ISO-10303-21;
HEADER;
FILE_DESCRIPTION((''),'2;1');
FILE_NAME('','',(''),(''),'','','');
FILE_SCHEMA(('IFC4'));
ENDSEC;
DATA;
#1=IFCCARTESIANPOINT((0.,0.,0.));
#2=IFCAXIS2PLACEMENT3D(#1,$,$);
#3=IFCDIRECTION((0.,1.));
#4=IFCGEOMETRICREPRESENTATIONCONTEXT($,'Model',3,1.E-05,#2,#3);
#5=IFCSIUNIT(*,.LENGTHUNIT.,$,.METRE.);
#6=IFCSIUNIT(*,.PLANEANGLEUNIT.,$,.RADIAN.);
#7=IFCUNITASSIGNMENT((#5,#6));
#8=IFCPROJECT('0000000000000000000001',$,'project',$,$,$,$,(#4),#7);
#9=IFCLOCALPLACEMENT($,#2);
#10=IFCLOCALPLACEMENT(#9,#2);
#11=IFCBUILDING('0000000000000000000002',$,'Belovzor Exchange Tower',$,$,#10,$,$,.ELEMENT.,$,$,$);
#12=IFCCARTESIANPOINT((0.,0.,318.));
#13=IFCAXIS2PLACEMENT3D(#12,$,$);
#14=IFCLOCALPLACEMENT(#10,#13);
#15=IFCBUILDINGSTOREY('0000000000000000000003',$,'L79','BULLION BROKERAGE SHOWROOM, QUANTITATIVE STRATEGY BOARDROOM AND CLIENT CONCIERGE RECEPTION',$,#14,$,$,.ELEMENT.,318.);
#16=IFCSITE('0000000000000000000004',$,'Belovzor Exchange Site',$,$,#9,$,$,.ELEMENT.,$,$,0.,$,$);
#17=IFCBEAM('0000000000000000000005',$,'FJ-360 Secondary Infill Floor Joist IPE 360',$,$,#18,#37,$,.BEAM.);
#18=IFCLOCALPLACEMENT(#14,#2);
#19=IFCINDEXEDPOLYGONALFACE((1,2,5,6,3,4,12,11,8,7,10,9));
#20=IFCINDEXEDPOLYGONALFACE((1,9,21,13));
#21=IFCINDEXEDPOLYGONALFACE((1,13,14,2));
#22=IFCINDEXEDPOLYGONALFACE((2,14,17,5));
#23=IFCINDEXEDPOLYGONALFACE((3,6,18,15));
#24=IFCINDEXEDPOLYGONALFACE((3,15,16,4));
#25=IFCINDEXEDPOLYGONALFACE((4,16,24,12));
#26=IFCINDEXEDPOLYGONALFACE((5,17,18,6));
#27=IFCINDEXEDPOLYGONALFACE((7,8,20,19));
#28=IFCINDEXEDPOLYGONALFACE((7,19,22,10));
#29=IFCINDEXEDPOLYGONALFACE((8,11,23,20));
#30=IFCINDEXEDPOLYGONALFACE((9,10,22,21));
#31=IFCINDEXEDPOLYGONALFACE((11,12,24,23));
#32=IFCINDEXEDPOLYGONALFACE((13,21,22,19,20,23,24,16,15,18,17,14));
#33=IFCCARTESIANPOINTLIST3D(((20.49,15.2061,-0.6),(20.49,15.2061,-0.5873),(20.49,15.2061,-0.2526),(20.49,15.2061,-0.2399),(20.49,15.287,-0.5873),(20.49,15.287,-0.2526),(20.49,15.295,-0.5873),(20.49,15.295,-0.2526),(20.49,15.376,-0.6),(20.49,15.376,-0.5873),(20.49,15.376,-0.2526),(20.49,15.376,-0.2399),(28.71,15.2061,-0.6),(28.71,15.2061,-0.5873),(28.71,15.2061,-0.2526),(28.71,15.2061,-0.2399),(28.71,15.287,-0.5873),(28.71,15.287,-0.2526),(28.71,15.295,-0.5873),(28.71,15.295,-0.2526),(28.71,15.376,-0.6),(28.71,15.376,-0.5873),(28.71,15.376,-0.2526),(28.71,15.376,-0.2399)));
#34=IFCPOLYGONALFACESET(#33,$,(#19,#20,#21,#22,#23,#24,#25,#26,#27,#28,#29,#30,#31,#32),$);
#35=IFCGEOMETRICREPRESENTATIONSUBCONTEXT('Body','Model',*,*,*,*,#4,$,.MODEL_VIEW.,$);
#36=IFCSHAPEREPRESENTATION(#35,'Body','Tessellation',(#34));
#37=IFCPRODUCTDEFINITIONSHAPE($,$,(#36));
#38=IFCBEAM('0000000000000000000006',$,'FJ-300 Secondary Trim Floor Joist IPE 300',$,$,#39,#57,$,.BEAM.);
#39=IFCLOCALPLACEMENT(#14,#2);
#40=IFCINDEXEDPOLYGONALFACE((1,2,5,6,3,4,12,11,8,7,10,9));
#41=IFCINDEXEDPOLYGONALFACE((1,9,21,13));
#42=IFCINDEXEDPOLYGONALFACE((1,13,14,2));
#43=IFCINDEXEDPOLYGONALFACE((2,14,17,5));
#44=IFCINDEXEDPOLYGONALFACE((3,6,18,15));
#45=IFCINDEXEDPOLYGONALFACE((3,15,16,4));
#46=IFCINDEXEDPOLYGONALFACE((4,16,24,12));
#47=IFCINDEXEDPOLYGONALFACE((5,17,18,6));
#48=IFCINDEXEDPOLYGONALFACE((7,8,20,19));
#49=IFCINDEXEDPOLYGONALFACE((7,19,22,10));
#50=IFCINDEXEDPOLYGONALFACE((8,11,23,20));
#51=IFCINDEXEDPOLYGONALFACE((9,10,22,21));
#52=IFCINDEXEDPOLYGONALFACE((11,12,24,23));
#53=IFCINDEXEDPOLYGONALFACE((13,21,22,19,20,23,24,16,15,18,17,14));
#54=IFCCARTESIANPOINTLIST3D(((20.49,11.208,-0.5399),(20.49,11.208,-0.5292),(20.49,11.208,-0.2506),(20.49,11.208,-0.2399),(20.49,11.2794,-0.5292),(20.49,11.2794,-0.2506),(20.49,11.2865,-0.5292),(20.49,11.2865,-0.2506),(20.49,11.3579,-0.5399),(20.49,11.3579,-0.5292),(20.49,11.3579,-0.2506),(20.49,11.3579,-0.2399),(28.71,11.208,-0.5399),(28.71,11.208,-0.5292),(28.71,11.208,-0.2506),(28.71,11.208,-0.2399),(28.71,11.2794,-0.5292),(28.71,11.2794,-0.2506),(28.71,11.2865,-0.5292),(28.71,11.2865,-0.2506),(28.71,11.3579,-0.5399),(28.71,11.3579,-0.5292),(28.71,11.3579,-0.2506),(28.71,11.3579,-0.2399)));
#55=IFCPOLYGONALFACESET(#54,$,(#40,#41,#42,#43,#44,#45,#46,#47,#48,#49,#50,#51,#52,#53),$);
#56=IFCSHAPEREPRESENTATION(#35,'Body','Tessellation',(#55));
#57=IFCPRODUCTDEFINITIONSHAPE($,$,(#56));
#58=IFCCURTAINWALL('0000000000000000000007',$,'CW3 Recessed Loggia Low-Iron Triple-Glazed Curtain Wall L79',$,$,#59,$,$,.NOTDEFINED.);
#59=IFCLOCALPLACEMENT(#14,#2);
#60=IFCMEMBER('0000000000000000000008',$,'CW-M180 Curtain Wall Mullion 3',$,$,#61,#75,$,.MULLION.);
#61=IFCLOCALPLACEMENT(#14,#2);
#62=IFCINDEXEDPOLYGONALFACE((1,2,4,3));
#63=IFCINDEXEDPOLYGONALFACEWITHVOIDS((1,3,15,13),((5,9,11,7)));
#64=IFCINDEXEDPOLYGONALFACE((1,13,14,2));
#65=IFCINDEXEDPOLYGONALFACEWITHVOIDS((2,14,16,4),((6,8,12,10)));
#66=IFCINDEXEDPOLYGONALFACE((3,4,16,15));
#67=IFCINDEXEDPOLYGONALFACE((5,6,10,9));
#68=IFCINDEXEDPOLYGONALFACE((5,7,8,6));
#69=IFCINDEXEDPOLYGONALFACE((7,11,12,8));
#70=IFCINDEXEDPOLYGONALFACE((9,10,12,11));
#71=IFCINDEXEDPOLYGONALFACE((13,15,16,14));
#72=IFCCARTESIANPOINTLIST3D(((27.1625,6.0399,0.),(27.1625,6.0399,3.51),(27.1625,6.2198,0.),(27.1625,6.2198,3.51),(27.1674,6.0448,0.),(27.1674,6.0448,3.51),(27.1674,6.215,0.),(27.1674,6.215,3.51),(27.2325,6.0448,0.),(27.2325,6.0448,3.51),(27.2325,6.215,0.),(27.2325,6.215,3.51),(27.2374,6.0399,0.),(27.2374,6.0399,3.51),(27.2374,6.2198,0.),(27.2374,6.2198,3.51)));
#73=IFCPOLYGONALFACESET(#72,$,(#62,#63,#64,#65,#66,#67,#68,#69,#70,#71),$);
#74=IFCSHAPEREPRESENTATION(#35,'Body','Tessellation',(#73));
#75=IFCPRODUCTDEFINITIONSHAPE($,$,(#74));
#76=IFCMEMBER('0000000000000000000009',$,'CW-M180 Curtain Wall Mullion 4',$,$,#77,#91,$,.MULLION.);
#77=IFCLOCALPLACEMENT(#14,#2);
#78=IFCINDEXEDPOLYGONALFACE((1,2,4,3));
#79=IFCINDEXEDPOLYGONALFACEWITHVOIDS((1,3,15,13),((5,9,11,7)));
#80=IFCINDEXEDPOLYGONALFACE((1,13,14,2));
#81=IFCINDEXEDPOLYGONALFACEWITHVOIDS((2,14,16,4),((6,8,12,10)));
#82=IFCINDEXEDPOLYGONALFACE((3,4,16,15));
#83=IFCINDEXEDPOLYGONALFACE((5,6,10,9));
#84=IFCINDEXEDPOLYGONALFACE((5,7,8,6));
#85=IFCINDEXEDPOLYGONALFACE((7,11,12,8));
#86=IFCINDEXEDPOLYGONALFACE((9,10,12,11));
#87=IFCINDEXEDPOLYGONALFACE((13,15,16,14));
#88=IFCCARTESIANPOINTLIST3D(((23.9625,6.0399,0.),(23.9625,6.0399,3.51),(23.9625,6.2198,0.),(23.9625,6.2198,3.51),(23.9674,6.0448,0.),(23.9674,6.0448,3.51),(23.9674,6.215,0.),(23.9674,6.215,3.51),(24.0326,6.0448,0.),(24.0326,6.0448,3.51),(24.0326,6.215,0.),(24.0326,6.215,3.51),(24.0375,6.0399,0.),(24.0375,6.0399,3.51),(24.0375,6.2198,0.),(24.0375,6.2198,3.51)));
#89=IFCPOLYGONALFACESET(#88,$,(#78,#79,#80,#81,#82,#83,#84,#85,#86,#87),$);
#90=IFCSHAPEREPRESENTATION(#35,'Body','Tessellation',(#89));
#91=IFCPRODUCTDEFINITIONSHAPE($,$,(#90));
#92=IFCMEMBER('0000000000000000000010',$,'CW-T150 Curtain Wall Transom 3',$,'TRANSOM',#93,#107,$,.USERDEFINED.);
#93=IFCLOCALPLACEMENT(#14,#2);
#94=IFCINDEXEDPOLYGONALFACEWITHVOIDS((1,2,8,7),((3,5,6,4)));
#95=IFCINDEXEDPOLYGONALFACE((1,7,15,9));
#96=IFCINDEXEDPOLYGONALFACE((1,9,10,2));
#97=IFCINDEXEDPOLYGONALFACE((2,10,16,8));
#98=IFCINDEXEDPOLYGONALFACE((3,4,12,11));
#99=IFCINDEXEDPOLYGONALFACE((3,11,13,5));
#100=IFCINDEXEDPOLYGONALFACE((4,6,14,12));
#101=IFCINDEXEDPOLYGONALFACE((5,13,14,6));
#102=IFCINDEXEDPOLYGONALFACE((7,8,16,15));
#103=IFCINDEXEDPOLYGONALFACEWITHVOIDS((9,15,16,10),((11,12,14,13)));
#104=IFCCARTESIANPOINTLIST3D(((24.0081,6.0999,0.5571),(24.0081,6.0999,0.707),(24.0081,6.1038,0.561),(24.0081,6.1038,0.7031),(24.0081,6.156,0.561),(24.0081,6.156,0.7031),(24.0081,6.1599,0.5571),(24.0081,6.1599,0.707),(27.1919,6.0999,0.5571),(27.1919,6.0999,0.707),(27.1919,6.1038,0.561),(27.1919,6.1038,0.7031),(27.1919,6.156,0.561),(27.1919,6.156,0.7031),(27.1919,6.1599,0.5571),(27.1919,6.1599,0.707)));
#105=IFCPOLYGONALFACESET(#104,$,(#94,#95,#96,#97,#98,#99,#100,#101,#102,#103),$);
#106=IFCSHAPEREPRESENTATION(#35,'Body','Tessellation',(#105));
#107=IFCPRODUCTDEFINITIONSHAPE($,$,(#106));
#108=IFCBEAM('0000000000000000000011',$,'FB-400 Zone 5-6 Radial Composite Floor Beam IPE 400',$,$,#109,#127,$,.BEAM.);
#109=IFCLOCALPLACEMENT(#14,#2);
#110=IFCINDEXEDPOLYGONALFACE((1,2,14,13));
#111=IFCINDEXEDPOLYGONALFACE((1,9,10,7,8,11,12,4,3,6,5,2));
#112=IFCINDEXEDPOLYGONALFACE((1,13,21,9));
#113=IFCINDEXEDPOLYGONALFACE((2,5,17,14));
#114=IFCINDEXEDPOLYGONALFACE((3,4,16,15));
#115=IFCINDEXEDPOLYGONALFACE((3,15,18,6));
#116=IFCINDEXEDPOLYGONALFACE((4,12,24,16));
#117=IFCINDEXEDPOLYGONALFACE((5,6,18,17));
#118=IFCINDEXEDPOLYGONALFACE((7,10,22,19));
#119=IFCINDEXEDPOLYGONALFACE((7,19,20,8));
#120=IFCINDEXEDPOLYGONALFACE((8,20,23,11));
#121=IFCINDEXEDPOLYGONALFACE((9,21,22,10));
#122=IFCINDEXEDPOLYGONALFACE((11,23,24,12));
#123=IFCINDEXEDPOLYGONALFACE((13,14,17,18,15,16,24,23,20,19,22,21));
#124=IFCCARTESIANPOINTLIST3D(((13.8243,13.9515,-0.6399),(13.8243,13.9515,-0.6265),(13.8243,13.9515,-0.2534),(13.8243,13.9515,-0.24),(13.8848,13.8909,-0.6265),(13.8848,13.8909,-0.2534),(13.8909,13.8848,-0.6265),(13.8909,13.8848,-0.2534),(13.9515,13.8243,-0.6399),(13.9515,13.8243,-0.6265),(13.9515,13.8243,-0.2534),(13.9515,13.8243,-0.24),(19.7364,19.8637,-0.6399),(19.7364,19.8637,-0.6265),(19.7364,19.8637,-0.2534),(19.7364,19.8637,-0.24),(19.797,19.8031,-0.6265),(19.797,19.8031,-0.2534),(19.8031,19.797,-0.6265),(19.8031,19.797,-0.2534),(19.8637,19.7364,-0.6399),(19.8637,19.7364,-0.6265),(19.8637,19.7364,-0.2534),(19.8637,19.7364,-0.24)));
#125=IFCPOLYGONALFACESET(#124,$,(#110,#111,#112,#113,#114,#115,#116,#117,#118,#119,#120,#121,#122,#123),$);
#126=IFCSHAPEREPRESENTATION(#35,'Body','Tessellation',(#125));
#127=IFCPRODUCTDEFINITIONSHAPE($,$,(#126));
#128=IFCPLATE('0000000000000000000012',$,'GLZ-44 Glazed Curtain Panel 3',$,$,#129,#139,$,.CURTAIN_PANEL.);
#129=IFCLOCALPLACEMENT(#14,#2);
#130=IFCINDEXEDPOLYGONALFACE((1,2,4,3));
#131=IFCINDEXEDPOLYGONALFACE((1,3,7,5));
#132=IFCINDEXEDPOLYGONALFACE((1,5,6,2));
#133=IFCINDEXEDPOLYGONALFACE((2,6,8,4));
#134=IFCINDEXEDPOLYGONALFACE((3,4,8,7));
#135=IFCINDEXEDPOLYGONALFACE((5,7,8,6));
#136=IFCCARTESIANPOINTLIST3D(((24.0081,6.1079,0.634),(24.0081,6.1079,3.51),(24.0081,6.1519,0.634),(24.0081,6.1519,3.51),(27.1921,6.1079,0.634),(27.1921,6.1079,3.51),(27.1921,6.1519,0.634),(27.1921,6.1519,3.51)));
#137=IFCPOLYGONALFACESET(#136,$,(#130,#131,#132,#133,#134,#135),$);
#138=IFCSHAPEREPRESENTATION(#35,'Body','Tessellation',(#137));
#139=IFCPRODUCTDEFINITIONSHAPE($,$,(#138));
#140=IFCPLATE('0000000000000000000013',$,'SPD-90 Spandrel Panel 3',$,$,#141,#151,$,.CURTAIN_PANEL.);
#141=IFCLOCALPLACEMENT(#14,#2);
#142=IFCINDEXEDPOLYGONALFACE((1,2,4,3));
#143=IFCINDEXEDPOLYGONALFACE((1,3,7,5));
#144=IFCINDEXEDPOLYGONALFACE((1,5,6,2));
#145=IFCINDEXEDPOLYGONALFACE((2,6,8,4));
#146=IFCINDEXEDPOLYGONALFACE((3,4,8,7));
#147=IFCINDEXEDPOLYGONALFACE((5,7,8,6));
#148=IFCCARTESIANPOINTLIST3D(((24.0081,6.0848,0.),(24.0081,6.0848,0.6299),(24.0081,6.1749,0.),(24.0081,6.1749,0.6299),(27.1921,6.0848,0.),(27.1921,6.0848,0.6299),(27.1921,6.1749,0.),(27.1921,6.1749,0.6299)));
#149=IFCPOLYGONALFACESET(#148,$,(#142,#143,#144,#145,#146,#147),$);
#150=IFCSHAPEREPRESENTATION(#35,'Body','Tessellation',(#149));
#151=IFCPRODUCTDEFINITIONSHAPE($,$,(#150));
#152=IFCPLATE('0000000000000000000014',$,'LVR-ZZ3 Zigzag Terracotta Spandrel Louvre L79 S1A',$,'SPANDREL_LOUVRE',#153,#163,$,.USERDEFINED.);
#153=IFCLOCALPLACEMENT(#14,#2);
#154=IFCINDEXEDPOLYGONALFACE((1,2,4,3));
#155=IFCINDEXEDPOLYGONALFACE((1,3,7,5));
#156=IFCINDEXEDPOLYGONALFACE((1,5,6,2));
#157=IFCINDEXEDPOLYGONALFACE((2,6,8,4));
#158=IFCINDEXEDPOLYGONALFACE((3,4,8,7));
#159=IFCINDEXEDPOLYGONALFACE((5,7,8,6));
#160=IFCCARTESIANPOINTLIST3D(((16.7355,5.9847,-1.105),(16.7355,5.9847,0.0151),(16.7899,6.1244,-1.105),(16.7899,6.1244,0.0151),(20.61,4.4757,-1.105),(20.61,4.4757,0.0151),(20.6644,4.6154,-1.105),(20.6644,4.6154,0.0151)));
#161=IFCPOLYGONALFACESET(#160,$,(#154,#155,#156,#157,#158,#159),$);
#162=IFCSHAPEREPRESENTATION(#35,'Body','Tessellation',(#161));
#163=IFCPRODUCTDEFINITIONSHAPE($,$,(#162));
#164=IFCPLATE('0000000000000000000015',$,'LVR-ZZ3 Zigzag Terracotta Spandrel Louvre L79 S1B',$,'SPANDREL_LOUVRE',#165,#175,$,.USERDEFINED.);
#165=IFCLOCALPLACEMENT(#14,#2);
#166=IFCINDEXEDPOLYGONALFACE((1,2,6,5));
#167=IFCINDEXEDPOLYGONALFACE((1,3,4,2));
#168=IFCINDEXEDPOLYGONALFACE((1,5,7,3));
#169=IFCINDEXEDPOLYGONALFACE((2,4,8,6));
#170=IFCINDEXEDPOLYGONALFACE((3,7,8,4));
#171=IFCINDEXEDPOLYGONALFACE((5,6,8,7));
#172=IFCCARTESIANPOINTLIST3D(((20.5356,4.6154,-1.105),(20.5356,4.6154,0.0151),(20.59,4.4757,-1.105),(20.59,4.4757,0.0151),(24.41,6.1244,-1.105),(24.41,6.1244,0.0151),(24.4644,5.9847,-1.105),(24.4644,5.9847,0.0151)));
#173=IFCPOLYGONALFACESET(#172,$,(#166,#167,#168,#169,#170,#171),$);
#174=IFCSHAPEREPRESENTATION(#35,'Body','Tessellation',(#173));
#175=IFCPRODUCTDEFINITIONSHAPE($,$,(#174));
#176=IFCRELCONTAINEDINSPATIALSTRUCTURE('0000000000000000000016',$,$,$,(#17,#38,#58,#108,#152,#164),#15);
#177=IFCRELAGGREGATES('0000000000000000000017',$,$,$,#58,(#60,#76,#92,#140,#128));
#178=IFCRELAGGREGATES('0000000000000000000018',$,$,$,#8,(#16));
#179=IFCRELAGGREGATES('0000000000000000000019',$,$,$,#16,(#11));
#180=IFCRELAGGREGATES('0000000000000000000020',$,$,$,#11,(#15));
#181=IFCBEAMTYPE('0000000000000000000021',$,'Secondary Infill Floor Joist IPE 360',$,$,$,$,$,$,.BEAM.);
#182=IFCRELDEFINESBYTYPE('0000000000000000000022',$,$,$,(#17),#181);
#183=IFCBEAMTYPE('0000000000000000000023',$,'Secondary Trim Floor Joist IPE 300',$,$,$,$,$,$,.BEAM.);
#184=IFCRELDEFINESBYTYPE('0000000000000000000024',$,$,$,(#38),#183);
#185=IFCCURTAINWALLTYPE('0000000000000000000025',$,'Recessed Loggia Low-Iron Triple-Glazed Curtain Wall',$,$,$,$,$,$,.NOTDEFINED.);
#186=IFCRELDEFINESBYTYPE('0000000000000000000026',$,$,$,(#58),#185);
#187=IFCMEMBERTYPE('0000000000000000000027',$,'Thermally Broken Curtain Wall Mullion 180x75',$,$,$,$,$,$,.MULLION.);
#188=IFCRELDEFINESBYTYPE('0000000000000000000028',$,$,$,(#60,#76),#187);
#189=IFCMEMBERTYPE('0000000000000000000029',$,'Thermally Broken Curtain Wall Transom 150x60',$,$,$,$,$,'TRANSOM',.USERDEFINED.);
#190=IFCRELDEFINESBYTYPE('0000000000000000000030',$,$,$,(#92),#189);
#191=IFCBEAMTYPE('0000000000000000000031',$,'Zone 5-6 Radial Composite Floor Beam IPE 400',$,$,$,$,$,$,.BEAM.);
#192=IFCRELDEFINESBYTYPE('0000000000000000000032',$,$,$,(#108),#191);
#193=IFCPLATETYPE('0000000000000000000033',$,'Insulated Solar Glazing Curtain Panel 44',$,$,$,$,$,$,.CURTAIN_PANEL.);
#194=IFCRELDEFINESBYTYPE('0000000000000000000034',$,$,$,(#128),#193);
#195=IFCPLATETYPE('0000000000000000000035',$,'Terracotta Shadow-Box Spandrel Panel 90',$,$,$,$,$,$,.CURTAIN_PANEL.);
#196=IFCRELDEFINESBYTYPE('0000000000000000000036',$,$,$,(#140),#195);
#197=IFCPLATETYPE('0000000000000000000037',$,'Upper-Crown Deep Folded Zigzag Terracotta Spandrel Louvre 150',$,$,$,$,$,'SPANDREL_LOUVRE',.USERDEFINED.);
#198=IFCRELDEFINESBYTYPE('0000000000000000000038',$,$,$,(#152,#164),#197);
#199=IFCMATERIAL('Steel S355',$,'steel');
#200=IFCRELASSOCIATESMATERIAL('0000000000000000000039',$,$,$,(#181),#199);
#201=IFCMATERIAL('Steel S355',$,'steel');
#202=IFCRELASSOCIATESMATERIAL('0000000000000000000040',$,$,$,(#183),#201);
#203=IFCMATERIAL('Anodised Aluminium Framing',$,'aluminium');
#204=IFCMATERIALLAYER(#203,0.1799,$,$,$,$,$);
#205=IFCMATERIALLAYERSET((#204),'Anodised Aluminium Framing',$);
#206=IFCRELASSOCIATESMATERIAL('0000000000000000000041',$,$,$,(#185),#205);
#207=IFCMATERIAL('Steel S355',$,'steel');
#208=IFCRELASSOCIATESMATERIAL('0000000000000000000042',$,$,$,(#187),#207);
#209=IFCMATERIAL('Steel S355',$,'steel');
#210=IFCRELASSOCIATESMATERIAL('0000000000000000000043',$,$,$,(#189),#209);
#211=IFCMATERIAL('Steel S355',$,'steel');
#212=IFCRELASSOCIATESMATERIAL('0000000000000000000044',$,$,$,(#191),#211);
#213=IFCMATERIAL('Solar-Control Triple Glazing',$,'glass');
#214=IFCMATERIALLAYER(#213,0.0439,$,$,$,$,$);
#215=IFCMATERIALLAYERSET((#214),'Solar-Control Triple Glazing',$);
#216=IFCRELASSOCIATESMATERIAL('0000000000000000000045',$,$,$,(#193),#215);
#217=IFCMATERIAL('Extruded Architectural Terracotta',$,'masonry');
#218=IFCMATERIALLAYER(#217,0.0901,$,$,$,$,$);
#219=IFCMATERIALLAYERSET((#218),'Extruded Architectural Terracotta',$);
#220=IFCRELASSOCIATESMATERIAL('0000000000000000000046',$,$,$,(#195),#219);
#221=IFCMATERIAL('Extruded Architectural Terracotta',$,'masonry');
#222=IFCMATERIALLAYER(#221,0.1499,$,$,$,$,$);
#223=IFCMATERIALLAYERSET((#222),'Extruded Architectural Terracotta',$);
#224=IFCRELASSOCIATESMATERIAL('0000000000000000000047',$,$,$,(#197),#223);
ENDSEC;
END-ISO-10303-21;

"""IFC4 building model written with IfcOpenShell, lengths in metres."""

from ifc_helpers import new_model, si_unit, direction, frame, origin, origin_2d, place, context, subcontext, project, spatial, rectangle, hollow_rectangle, i_section, extrude, material, layer, layer_set, material_profile, profile_set, type_object, element, aggregate, save


model = new_model("IFC4")

# Units and contexts
model_context = context("Model", 3, precision=1e-05, world=origin(), true_north=direction((0.0, 1.0)))
body_context = subcontext(model_context, "Body", "Model", "MODEL_VIEW")
ifc_project = project(units=[si_unit("LENGTHUNIT", "METRE"), si_unit("PLANEANGLEUNIT", "RADIAN")], contexts=[model_context])

# Site, building, storey
site_placement = place(None, origin())
site = spatial("IfcSite", under=ifc_project, at=site_placement, Name="Belovzor Exchange Site", CompositionType="ELEMENT", RefElevation=0.0)
building_placement = place(site_placement, origin())
building = spatial("IfcBuilding", under=site, at=building_placement, Name="Belovzor Exchange Tower", CompositionType="ELEMENT")
storey_placement = place(building_placement, frame((0.0, 0.0, 318.0)))
storey = spatial("IfcBuildingStorey", under=building, at=storey_placement, Name="L79", Description="BULLION BROKERAGE SHOWROOM, QUANTITATIVE STRATEGY BOARDROOM AND CLIENT CONCIERGE RECEPTION", CompositionType="ELEMENT", Elevation=318.0)

# Beams
ifc_material_1 = material(Name="Steel S355", Category="steel")
ifc_material_profile_1 = material_profile(ifc_material_1, i_section(OverallWidth=0.1699, OverallDepth=0.3601, WebThickness=0.0081, FlangeThickness=0.0127, at=origin_2d()))
ifc_profile_set_1 = profile_set([ifc_material_profile_1], Name="Steel S355")
beam_type_1 = type_object("IfcBeamType", Name="Secondary Infill Floor Joist IPE 360", PredefinedType="BEAM", material=ifc_profile_set_1)
beam_1_placement = place(storey_placement, frame((20.49, 15.291, -0.4199), z_axis=(1.0, 0.0, 0.0), x_axis=(0.0, 1.0, 0.0)))
element("IfcBeam", 1, at=beam_1_placement, inside=storey, type_object=beam_type_1, Name="FJ-360 Secondary Infill Floor Joist IPE 360", PredefinedType="BEAM", context=body_context, shape_type="SweptSolid", body=[
    extrude(i_section(OverallWidth=0.1699, OverallDepth=0.3601, WebThickness=0.0081, FlangeThickness=0.0127, at=origin_2d()), origin(), (0.0, 0.0, 1.0), 8.22),
])
ifc_material_2 = material(Name="Steel S355", Category="steel")
ifc_material_profile_2 = material_profile(ifc_material_2, i_section(OverallWidth=0.1499, OverallDepth=0.3, WebThickness=0.0071, FlangeThickness=0.0107, at=origin_2d()))
ifc_profile_set_2 = profile_set([ifc_material_profile_2], Name="Steel S355")
beam_type_2 = type_object("IfcBeamType", Name="Secondary Trim Floor Joist IPE 300", PredefinedType="BEAM", material=ifc_profile_set_2)
beam_2_placement = place(storey_placement, frame((20.49, 11.283, -0.3899), z_axis=(1.0, 0.0, 0.0), x_axis=(0.0, 1.0, 0.0)))
element("IfcBeam", 2, at=beam_2_placement, inside=storey, type_object=beam_type_2, Name="FJ-300 Secondary Trim Floor Joist IPE 300", PredefinedType="BEAM", context=body_context, shape_type="SweptSolid", body=[
    extrude(i_section(OverallWidth=0.1499, OverallDepth=0.3, WebThickness=0.0071, FlangeThickness=0.0107, at=origin_2d()), origin(), (0.0, 0.0, 1.0), 8.22),
])

# Curtain wall, members
ifc_material_3 = material(Name="Anodised Aluminium Framing", Category="aluminium")
ifc_layer_1 = layer(ifc_material_3, 0.1799)
ifc_layer_set_1 = layer_set([ifc_layer_1], Name="Anodised Aluminium Framing")
curtain_wall_type = type_object("IfcCurtainWallType", Name="Recessed Loggia Low-Iron Triple-Glazed Curtain Wall", PredefinedType="NOTDEFINED", material=ifc_layer_set_1)
curtain_wall_placement = place(storey_placement, origin())
curtain_wall = element("IfcCurtainWall", 3, at=curtain_wall_placement, inside=storey, type_object=curtain_wall_type, Name="CW3 Recessed Loggia Low-Iron Triple-Glazed Curtain Wall L79", PredefinedType="NOTDEFINED")
ifc_material_4 = material(Name="Steel S355", Category="steel")
ifc_material_profile_3 = material_profile(ifc_material_4, hollow_rectangle(XDim=0.075, YDim=0.1799, WallThickness=0.0049, at=origin_2d()))
ifc_profile_set_3 = profile_set([ifc_material_profile_3], Name="Steel S355")
member_type_1 = type_object("IfcMemberType", Name="Thermally Broken Curtain Wall Mullion 180x75", PredefinedType="MULLION", material=ifc_profile_set_3)
member_1_placement = place(storey_placement, frame((27.2, 6.1299, 0.0), z_axis=(0.0, 0.0, 1.0), x_axis=(-1.0, 0.0, 0.0)))
member_1 = element("IfcMember", 4, at=member_1_placement, type_object=member_type_1, Name="CW-M180 Curtain Wall Mullion 3", PredefinedType="MULLION", context=body_context, shape_type="SweptSolid", body=[
    extrude(hollow_rectangle(XDim=0.075, YDim=0.1799, WallThickness=0.0049, at=origin_2d()), origin(), (0.0, 0.0, 1.0), 3.51),
])
member_2_placement = place(storey_placement, frame((24.0, 6.1299, 0.0), z_axis=(0.0, 0.0, 1.0), x_axis=(-1.0, 0.0, 0.0)))
member_2 = element("IfcMember", 5, at=member_2_placement, type_object=member_type_1, Name="CW-M180 Curtain Wall Mullion 4", PredefinedType="MULLION", context=body_context, shape_type="SweptSolid", body=[
    extrude(hollow_rectangle(XDim=0.075, YDim=0.1799, WallThickness=0.0049, at=origin_2d()), origin(), (0.0, 0.0, 1.0), 3.51),
])
ifc_material_5 = material(Name="Steel S355", Category="steel")
ifc_material_profile_4 = material_profile(ifc_material_5, hollow_rectangle(XDim=0.0601, YDim=0.1499, WallThickness=0.0039, at=origin_2d()))
ifc_profile_set_4 = profile_set([ifc_material_profile_4], Name="Steel S355")
member_type_2 = type_object("IfcMemberType", Name="Thermally Broken Curtain Wall Transom 150x60", ElementType="TRANSOM", PredefinedType="USERDEFINED", material=ifc_profile_set_4)
member_3_placement = place(storey_placement, frame((27.1919, 6.1299, 0.6321), z_axis=(-1.0, 0.0, 0.0), x_axis=(0.0, -1.0, 0.0)))
member_3 = element("IfcMember", 6, at=member_3_placement, type_object=member_type_2, Name="CW-T150 Curtain Wall Transom 3", ObjectType="TRANSOM", PredefinedType="USERDEFINED", context=body_context, shape_type="SweptSolid", body=[
    extrude(hollow_rectangle(XDim=0.0601, YDim=0.1499, WallThickness=0.0039, at=origin_2d()), origin(), (0.0, 0.0, 1.0), 3.1838),
])

# Beam
ifc_material_6 = material(Name="Steel S355", Category="steel")
ifc_material_profile_5 = material_profile(ifc_material_6, i_section(OverallWidth=0.1799, OverallDepth=0.3999, WebThickness=0.0085, FlangeThickness=0.0134, at=origin_2d()))
ifc_profile_set_5 = profile_set([ifc_material_profile_5], Name="Steel S355")
beam_type_3 = type_object("IfcBeamType", Name="Zone 5-6 Radial Composite Floor Beam IPE 400", PredefinedType="BEAM", material=ifc_profile_set_5)
beam_3_placement = place(storey_placement, frame((19.8, 19.8, -0.4399), z_axis=(-0.707107, -0.707107, 0.0), x_axis=(0.707107, -0.707107, 0.0)))
element("IfcBeam", 7, at=beam_3_placement, inside=storey, type_object=beam_type_3, Name="FB-400 Zone 5-6 Radial Composite Floor Beam IPE 400", PredefinedType="BEAM", context=body_context, shape_type="SweptSolid", body=[
    extrude(i_section(OverallWidth=0.1799, OverallDepth=0.3999, WebThickness=0.0085, FlangeThickness=0.0134, at=origin_2d()), origin(), (0.0, 0.0, 1.0), 8.3611),
])

# Plates
ifc_material_7 = material(Name="Solar-Control Triple Glazing", Category="glass")
ifc_layer_2 = layer(ifc_material_7, 0.0439)
ifc_layer_set_2 = layer_set([ifc_layer_2], Name="Solar-Control Triple Glazing")
plate_type_1 = type_object("IfcPlateType", Name="Insulated Solar Glazing Curtain Panel 44", PredefinedType="CURTAIN_PANEL", material=ifc_layer_set_2)
plate_1_placement = place(storey_placement, frame((25.6001, 6.1299, 0.634), z_axis=(0.0, 0.0, 1.0), x_axis=(-1.0, 0.0, 0.0)))
plate_1 = element("IfcPlate", 8, at=plate_1_placement, type_object=plate_type_1, Name="GLZ-44 Glazed Curtain Panel 3", PredefinedType="CURTAIN_PANEL", context=body_context, shape_type="SweptSolid", body=[
    extrude(rectangle(XDim=3.1841, YDim=0.0439, at=origin_2d()), origin(), (0.0, 0.0, 1.0), 2.876),
])
ifc_material_8 = material(Name="Extruded Architectural Terracotta", Category="masonry")
ifc_layer_3 = layer(ifc_material_8, 0.0901)
ifc_layer_set_3 = layer_set([ifc_layer_3], Name="Extruded Architectural Terracotta")
plate_type_2 = type_object("IfcPlateType", Name="Terracotta Shadow-Box Spandrel Panel 90", PredefinedType="CURTAIN_PANEL", material=ifc_layer_set_3)
plate_2_placement = place(storey_placement, frame((25.6001, 6.1299, 0.0), z_axis=(0.0, 0.0, 1.0), x_axis=(-1.0, 0.0, 0.0)))
plate_2 = element("IfcPlate", 9, at=plate_2_placement, type_object=plate_type_2, Name="SPD-90 Spandrel Panel 3", PredefinedType="CURTAIN_PANEL", context=body_context, shape_type="SweptSolid", body=[
    extrude(rectangle(XDim=3.1841, YDim=0.0901, at=origin_2d()), origin(), (0.0, 0.0, 1.0), 0.6299),
])
aggregate(curtain_wall, [member_1, member_2, member_3, plate_2, plate_1])

# Plates
ifc_material_9 = material(Name="Extruded Architectural Terracotta", Category="masonry")
ifc_layer_4 = layer(ifc_material_9, 0.1499)
ifc_layer_set_4 = layer_set([ifc_layer_4], Name="Extruded Architectural Terracotta")
plate_type_3 = type_object("IfcPlateType", Name="Upper-Crown Deep Folded Zigzag Terracotta Spandrel Louvre 150", ElementType="SPANDREL_LOUVRE", PredefinedType="USERDEFINED", material=ifc_layer_set_4)
for number, where, z_axis, x_axis, name in (
    (10, (18.7, 5.3, -1.105), (0.0, 0.0, 1.0), (0.931818, -0.362926, 0.0), "LVR-ZZ3 Zigzag Terracotta Spandrel Louvre L79 S1A"),
    (11, (22.5, 5.3, -1.105), (0.0, 0.0, 1.0), (0.931818, 0.362926, 0.0), "LVR-ZZ3 Zigzag Terracotta Spandrel Louvre L79 S1B"),
):
    element("IfcPlate", number, at=place(storey_placement, frame(where, z_axis=z_axis, x_axis=x_axis)), inside=storey, type_object=plate_type_3, Name=name, ObjectType="SPANDREL_LOUVRE", PredefinedType="USERDEFINED", context=body_context, shape_type="SweptSolid", body=[
        extrude(rectangle(XDim=4.158, YDim=0.1499, at=origin_2d()), origin(), (0.0, 0.0, 1.0), 1.1201),
    ])

save(model, "model.ifc")
